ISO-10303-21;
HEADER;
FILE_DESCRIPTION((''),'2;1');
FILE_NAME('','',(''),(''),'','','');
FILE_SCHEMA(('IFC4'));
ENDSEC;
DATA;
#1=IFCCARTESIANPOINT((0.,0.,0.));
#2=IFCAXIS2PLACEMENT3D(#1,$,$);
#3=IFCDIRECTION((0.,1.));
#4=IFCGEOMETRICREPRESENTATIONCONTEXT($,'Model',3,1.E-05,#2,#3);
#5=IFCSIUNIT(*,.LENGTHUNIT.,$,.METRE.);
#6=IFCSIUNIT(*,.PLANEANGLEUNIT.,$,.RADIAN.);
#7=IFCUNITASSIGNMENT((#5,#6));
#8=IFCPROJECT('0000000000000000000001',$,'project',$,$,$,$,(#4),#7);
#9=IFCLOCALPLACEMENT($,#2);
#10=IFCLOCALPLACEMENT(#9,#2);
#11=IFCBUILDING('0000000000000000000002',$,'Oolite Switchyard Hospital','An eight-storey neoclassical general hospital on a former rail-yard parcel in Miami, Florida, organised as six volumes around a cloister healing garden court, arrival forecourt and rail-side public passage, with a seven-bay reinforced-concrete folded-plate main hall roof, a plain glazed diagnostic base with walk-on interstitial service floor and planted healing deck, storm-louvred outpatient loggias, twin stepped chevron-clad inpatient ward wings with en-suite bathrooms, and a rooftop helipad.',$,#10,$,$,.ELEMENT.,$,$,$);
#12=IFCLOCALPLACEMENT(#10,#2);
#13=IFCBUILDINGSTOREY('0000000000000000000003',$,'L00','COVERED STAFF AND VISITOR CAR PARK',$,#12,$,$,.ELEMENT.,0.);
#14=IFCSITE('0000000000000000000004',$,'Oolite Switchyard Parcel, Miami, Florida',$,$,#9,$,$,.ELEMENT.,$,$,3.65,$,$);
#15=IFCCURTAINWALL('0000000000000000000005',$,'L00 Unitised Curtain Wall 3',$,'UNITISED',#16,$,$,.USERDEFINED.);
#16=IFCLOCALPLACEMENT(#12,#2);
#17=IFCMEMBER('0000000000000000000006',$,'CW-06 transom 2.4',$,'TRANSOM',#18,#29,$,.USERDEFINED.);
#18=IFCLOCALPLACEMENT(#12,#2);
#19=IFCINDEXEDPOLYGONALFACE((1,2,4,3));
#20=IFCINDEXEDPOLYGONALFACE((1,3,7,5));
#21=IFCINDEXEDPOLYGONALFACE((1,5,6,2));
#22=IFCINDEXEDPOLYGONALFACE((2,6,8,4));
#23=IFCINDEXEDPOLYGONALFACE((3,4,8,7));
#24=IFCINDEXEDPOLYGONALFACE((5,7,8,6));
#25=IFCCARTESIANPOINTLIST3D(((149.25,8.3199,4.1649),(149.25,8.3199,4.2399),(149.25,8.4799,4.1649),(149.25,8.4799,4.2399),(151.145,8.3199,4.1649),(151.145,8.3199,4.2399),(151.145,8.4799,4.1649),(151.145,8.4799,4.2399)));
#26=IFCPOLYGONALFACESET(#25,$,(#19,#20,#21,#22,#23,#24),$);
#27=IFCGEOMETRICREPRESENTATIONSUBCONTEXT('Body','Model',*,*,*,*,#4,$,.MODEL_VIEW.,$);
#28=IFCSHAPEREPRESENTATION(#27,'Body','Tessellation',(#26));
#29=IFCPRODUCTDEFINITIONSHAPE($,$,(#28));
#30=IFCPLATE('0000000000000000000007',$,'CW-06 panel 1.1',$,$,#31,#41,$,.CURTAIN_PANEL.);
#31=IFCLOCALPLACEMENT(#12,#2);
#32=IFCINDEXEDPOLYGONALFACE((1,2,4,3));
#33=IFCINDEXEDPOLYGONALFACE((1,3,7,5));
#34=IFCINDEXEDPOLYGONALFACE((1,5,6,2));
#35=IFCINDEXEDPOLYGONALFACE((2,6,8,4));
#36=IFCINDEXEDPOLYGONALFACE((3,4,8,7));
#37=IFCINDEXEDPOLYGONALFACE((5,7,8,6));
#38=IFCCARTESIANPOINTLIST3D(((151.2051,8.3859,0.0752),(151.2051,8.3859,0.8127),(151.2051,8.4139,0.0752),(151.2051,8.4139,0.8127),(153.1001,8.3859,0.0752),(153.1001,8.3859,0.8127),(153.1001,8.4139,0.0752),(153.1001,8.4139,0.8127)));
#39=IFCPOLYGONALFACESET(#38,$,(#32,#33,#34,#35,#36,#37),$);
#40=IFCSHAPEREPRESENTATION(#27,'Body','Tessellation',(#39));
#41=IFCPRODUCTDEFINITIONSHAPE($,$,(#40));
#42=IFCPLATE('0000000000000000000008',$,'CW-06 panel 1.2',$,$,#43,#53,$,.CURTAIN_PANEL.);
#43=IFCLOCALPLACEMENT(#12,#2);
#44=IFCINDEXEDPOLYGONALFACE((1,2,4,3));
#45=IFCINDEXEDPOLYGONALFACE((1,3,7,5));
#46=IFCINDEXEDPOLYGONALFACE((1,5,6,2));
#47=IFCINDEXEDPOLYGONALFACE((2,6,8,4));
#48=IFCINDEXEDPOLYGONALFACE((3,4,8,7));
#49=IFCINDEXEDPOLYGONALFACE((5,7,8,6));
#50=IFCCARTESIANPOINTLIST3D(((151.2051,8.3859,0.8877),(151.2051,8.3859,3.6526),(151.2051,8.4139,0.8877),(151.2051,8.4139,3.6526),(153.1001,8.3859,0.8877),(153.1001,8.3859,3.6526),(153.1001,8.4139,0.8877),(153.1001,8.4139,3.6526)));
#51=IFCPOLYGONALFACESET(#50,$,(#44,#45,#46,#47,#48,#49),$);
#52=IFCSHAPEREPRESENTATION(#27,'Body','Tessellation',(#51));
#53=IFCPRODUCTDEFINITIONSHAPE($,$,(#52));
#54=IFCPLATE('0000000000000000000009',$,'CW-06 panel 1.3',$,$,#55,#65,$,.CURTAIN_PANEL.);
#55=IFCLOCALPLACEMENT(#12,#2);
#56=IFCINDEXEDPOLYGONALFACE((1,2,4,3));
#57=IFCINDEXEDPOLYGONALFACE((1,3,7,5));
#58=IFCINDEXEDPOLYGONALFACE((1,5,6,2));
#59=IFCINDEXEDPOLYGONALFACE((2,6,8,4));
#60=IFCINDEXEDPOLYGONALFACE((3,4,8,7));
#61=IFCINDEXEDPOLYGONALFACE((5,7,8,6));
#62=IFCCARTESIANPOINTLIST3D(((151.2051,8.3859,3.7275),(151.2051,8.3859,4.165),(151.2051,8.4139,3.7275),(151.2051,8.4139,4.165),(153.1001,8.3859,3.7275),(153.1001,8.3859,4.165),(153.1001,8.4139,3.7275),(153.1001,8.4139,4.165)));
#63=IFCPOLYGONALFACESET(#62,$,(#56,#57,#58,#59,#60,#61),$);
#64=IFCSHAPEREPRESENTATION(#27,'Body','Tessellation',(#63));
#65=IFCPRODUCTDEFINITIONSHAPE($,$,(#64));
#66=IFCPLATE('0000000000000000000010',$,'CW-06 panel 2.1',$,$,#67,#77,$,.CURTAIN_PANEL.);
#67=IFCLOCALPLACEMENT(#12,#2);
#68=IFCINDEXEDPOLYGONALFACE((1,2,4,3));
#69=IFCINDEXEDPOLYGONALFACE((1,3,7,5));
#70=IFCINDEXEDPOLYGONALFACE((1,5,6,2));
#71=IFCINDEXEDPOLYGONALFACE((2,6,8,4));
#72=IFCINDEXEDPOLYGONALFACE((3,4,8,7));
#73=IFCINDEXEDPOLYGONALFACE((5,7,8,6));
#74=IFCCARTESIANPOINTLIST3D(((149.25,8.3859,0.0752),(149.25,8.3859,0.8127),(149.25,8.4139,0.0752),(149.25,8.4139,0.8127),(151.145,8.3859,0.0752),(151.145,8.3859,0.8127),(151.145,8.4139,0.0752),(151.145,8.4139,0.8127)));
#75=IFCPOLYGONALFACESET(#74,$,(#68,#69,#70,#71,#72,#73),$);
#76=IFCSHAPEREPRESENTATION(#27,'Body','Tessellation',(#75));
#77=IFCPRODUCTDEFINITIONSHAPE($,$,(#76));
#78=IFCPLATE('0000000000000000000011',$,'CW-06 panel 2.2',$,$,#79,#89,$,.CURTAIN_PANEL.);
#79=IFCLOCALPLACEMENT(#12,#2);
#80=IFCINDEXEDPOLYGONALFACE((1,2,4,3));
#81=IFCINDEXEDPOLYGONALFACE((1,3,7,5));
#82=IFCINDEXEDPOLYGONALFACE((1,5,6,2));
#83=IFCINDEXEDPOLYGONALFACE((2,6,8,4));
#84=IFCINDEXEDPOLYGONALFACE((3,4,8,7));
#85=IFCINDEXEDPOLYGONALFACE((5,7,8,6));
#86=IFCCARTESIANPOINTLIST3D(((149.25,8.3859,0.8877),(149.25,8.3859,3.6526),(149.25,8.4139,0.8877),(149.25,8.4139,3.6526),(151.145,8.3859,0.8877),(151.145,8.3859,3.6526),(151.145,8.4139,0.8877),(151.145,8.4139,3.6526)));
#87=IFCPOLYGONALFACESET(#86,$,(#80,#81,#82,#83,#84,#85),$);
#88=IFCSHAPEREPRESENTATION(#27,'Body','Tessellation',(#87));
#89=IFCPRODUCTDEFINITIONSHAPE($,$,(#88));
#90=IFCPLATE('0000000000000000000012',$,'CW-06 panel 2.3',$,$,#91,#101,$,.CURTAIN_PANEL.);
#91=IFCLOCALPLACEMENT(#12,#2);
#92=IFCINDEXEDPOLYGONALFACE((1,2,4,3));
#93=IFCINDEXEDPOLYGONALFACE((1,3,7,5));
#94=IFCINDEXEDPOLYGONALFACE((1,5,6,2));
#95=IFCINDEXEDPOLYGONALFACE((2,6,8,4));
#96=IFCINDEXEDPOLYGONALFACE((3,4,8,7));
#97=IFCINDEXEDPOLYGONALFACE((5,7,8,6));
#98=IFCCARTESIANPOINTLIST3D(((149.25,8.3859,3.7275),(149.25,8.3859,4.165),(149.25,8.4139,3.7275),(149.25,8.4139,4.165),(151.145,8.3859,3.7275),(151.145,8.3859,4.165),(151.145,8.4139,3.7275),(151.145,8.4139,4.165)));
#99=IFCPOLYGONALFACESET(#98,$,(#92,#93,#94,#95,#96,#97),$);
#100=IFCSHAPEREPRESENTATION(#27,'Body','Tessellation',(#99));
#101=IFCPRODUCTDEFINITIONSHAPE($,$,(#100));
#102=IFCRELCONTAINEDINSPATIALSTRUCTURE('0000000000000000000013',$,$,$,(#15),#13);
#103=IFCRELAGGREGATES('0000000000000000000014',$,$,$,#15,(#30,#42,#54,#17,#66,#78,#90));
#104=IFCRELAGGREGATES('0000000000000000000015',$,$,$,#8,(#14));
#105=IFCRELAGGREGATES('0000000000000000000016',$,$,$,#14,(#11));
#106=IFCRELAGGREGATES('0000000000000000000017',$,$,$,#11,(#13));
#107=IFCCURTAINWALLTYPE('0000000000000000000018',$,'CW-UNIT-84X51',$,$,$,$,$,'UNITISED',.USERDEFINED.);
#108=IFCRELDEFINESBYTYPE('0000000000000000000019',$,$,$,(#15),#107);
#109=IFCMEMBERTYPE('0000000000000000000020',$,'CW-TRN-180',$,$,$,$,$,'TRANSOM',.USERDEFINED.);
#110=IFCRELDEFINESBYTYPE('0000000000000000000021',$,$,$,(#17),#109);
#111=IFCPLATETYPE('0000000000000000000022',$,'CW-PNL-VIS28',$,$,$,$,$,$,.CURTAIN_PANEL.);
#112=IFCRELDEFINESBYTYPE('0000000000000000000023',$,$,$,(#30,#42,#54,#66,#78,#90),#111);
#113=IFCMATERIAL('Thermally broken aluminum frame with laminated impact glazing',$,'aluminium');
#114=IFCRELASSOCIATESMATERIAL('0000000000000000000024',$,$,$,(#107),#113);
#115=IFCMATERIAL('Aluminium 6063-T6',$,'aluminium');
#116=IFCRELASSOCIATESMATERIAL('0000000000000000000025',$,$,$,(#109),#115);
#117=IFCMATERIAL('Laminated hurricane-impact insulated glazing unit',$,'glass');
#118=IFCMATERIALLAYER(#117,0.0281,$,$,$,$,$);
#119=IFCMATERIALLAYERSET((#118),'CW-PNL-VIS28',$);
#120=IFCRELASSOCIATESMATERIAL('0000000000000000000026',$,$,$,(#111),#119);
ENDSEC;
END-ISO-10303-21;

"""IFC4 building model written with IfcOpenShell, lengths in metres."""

from ifc_helpers import new_model, si_unit, direction, frame, origin, origin_2d, place, context, subcontext, project, spatial, rectangle, extrude, material, layer, layer_set, material_profile, profile_set, type_object, element, aggregate, save


model = new_model("IFC4")

# Units and contexts
model_context = context("Model", 3, precision=1e-05, world=origin(), true_north=direction((0.0, 1.0)))
body_context = subcontext(model_context, "Body", "Model", "MODEL_VIEW")
ifc_project = project(units=[si_unit("LENGTHUNIT", "METRE"), si_unit("PLANEANGLEUNIT", "RADIAN")], contexts=[model_context])

# Site, building, storey
site_placement = place(None, origin())
site = spatial("IfcSite", under=ifc_project, at=site_placement, Name="Oolite Switchyard Parcel, Miami, Florida", CompositionType="ELEMENT", RefElevation=3.65)
building_placement = place(site_placement, origin())
building = spatial("IfcBuilding", under=site, at=building_placement, Name="Oolite Switchyard Hospital", Description="An eight-storey neoclassical general hospital on a former rail-yard parcel in Miami, Florida, organised as six volumes around a cloister healing garden court, arrival forecourt and rail-side public passage, with a seven-bay reinforced-concrete folded-plate main hall roof, a plain glazed diagnostic base with walk-on interstitial service floor and planted healing deck, storm-louvred outpatient loggias, twin stepped chevron-clad inpatient ward wings with en-suite bathrooms, and a rooftop helipad.", CompositionType="ELEMENT")
storey_placement = place(building_placement, origin())
storey = spatial("IfcBuildingStorey", under=building, at=storey_placement, Name="L00", Description="COVERED STAFF AND VISITOR CAR PARK", CompositionType="ELEMENT", Elevation=0.0)

# Curtain wall
ifc_material_1 = material(Name="Thermally broken aluminum frame with laminated impact glazing", Category="aluminium")
curtain_wall_type = type_object("IfcCurtainWallType", Name="CW-UNIT-84X51", ElementType="UNITISED", PredefinedType="USERDEFINED", material=ifc_material_1)
curtain_wall_1_placement = place(storey_placement, origin())
curtain_wall_1 = element("IfcCurtainWall", 1, at=curtain_wall_1_placement, inside=storey, type_object=curtain_wall_type, Name="L00 Unitised Curtain Wall 3", ObjectType="UNITISED", PredefinedType="USERDEFINED")
ifc_material_2 = material(Name="Aluminium 6063-T6", Category="aluminium")

# Member
ifc_material_profile_1 = material_profile(ifc_material_2, rectangle(XDim=0.1599, YDim=0.075, at=origin_2d()), Name="CWT75X160")
ifc_profile_set_1 = profile_set([ifc_material_profile_1], Name="Aluminium 6063-T6")
member_type_1 = type_object("IfcMemberType", Name="CW-TRN-180", ElementType="TRANSOM", PredefinedType="USERDEFINED", material=ifc_profile_set_1)
member_1_placement = place(storey_placement, frame((151.145, 8.3999, 4.2024), z_axis=(-1.0, 0.0, 0.0), x_axis=(0.0, -1.0, 0.0)))
member_1 = element("IfcMember", 2, at=member_1_placement, type_object=member_type_1, Name="CW-06 transom 2.4", ObjectType="TRANSOM", PredefinedType="USERDEFINED", context=body_context, shape_type="SweptSolid", body=[
    extrude(rectangle(XDim=0.1599, YDim=0.075, at=origin_2d()), origin(), (0.0, 0.0, 1.0), 1.895),
])

# Plates
ifc_material_3 = material(Name="Laminated hurricane-impact insulated glazing unit", Category="glass")
ifc_layer = layer(ifc_material_3, 0.0281)
ifc_layer_set = layer_set([ifc_layer], Name="CW-PNL-VIS28")
plate_type = type_object("IfcPlateType", Name="CW-PNL-VIS28", PredefinedType="CURTAIN_PANEL", material=ifc_layer_set)
plate_1_placement = place(storey_placement, frame((152.1526, 8.3999, 0.0752), z_axis=(0.0, 0.0, 1.0), x_axis=(-1.0, 0.0, 0.0)))
plate_1 = element("IfcPlate", 3, at=plate_1_placement, type_object=plate_type, Name="CW-06 panel 1.1", PredefinedType="CURTAIN_PANEL", context=body_context, shape_type="SweptSolid", body=[
    extrude(rectangle(XDim=1.895, YDim=0.0281, at=origin_2d()), origin(), (0.0, 0.0, 1.0), 0.7375),
])
plate_2_placement = place(storey_placement, frame((152.1526, 8.3999, 0.8877), z_axis=(0.0, 0.0, 1.0), x_axis=(-1.0, 0.0, 0.0)))
plate_2 = element("IfcPlate", 4, at=plate_2_placement, type_object=plate_type, Name="CW-06 panel 1.2", PredefinedType="CURTAIN_PANEL", context=body_context, shape_type="SweptSolid", body=[
    extrude(rectangle(XDim=1.895, YDim=0.0281, at=origin_2d()), origin(), (0.0, 0.0, 1.0), 2.7649),
])
plate_3_placement = place(storey_placement, frame((152.1526, 8.3999, 3.7275), z_axis=(0.0, 0.0, 1.0), x_axis=(-1.0, 0.0, 0.0)))
plate_3 = element("IfcPlate", 5, at=plate_3_placement, type_object=plate_type, Name="CW-06 panel 1.3", PredefinedType="CURTAIN_PANEL", context=body_context, shape_type="SweptSolid", body=[
    extrude(rectangle(XDim=1.895, YDim=0.0281, at=origin_2d()), origin(), (0.0, 0.0, 1.0), 0.4375),
])
plate_4_placement = place(storey_placement, frame((150.1975, 8.3999, 0.0752), z_axis=(0.0, 0.0, 1.0), x_axis=(-1.0, 0.0, 0.0)))
plate_4 = element("IfcPlate", 6, at=plate_4_placement, type_object=plate_type, Name="CW-06 panel 2.1", PredefinedType="CURTAIN_PANEL", context=body_context, shape_type="SweptSolid", body=[
    extrude(rectangle(XDim=1.895, YDim=0.0281, at=origin_2d()), origin(), (0.0, 0.0, 1.0), 0.7375),
])
plate_5_placement = place(storey_placement, frame((150.1975, 8.3999, 0.8877), z_axis=(0.0, 0.0, 1.0), x_axis=(-1.0, 0.0, 0.0)))
plate_5 = element("IfcPlate", 7, at=plate_5_placement, type_object=plate_type, Name="CW-06 panel 2.2", PredefinedType="CURTAIN_PANEL", context=body_context, shape_type="SweptSolid", body=[
    extrude(rectangle(XDim=1.895, YDim=0.0281, at=origin_2d()), origin(), (0.0, 0.0, 1.0), 2.7649),
])
plate_6_placement = place(storey_placement, frame((150.1975, 8.3999, 3.7275), z_axis=(0.0, 0.0, 1.0), x_axis=(-1.0, 0.0, 0.0)))
plate_6 = element("IfcPlate", 8, at=plate_6_placement, type_object=plate_type, Name="CW-06 panel 2.3", PredefinedType="CURTAIN_PANEL", context=body_context, shape_type="SweptSolid", body=[
    extrude(rectangle(XDim=1.895, YDim=0.0281, at=origin_2d()), origin(), (0.0, 0.0, 1.0), 0.4375),
])
aggregate(curtain_wall_1, [plate_1, plate_2, plate_3, member_1, plate_4, plate_5, plate_6])

save(model, "model.ifc")
